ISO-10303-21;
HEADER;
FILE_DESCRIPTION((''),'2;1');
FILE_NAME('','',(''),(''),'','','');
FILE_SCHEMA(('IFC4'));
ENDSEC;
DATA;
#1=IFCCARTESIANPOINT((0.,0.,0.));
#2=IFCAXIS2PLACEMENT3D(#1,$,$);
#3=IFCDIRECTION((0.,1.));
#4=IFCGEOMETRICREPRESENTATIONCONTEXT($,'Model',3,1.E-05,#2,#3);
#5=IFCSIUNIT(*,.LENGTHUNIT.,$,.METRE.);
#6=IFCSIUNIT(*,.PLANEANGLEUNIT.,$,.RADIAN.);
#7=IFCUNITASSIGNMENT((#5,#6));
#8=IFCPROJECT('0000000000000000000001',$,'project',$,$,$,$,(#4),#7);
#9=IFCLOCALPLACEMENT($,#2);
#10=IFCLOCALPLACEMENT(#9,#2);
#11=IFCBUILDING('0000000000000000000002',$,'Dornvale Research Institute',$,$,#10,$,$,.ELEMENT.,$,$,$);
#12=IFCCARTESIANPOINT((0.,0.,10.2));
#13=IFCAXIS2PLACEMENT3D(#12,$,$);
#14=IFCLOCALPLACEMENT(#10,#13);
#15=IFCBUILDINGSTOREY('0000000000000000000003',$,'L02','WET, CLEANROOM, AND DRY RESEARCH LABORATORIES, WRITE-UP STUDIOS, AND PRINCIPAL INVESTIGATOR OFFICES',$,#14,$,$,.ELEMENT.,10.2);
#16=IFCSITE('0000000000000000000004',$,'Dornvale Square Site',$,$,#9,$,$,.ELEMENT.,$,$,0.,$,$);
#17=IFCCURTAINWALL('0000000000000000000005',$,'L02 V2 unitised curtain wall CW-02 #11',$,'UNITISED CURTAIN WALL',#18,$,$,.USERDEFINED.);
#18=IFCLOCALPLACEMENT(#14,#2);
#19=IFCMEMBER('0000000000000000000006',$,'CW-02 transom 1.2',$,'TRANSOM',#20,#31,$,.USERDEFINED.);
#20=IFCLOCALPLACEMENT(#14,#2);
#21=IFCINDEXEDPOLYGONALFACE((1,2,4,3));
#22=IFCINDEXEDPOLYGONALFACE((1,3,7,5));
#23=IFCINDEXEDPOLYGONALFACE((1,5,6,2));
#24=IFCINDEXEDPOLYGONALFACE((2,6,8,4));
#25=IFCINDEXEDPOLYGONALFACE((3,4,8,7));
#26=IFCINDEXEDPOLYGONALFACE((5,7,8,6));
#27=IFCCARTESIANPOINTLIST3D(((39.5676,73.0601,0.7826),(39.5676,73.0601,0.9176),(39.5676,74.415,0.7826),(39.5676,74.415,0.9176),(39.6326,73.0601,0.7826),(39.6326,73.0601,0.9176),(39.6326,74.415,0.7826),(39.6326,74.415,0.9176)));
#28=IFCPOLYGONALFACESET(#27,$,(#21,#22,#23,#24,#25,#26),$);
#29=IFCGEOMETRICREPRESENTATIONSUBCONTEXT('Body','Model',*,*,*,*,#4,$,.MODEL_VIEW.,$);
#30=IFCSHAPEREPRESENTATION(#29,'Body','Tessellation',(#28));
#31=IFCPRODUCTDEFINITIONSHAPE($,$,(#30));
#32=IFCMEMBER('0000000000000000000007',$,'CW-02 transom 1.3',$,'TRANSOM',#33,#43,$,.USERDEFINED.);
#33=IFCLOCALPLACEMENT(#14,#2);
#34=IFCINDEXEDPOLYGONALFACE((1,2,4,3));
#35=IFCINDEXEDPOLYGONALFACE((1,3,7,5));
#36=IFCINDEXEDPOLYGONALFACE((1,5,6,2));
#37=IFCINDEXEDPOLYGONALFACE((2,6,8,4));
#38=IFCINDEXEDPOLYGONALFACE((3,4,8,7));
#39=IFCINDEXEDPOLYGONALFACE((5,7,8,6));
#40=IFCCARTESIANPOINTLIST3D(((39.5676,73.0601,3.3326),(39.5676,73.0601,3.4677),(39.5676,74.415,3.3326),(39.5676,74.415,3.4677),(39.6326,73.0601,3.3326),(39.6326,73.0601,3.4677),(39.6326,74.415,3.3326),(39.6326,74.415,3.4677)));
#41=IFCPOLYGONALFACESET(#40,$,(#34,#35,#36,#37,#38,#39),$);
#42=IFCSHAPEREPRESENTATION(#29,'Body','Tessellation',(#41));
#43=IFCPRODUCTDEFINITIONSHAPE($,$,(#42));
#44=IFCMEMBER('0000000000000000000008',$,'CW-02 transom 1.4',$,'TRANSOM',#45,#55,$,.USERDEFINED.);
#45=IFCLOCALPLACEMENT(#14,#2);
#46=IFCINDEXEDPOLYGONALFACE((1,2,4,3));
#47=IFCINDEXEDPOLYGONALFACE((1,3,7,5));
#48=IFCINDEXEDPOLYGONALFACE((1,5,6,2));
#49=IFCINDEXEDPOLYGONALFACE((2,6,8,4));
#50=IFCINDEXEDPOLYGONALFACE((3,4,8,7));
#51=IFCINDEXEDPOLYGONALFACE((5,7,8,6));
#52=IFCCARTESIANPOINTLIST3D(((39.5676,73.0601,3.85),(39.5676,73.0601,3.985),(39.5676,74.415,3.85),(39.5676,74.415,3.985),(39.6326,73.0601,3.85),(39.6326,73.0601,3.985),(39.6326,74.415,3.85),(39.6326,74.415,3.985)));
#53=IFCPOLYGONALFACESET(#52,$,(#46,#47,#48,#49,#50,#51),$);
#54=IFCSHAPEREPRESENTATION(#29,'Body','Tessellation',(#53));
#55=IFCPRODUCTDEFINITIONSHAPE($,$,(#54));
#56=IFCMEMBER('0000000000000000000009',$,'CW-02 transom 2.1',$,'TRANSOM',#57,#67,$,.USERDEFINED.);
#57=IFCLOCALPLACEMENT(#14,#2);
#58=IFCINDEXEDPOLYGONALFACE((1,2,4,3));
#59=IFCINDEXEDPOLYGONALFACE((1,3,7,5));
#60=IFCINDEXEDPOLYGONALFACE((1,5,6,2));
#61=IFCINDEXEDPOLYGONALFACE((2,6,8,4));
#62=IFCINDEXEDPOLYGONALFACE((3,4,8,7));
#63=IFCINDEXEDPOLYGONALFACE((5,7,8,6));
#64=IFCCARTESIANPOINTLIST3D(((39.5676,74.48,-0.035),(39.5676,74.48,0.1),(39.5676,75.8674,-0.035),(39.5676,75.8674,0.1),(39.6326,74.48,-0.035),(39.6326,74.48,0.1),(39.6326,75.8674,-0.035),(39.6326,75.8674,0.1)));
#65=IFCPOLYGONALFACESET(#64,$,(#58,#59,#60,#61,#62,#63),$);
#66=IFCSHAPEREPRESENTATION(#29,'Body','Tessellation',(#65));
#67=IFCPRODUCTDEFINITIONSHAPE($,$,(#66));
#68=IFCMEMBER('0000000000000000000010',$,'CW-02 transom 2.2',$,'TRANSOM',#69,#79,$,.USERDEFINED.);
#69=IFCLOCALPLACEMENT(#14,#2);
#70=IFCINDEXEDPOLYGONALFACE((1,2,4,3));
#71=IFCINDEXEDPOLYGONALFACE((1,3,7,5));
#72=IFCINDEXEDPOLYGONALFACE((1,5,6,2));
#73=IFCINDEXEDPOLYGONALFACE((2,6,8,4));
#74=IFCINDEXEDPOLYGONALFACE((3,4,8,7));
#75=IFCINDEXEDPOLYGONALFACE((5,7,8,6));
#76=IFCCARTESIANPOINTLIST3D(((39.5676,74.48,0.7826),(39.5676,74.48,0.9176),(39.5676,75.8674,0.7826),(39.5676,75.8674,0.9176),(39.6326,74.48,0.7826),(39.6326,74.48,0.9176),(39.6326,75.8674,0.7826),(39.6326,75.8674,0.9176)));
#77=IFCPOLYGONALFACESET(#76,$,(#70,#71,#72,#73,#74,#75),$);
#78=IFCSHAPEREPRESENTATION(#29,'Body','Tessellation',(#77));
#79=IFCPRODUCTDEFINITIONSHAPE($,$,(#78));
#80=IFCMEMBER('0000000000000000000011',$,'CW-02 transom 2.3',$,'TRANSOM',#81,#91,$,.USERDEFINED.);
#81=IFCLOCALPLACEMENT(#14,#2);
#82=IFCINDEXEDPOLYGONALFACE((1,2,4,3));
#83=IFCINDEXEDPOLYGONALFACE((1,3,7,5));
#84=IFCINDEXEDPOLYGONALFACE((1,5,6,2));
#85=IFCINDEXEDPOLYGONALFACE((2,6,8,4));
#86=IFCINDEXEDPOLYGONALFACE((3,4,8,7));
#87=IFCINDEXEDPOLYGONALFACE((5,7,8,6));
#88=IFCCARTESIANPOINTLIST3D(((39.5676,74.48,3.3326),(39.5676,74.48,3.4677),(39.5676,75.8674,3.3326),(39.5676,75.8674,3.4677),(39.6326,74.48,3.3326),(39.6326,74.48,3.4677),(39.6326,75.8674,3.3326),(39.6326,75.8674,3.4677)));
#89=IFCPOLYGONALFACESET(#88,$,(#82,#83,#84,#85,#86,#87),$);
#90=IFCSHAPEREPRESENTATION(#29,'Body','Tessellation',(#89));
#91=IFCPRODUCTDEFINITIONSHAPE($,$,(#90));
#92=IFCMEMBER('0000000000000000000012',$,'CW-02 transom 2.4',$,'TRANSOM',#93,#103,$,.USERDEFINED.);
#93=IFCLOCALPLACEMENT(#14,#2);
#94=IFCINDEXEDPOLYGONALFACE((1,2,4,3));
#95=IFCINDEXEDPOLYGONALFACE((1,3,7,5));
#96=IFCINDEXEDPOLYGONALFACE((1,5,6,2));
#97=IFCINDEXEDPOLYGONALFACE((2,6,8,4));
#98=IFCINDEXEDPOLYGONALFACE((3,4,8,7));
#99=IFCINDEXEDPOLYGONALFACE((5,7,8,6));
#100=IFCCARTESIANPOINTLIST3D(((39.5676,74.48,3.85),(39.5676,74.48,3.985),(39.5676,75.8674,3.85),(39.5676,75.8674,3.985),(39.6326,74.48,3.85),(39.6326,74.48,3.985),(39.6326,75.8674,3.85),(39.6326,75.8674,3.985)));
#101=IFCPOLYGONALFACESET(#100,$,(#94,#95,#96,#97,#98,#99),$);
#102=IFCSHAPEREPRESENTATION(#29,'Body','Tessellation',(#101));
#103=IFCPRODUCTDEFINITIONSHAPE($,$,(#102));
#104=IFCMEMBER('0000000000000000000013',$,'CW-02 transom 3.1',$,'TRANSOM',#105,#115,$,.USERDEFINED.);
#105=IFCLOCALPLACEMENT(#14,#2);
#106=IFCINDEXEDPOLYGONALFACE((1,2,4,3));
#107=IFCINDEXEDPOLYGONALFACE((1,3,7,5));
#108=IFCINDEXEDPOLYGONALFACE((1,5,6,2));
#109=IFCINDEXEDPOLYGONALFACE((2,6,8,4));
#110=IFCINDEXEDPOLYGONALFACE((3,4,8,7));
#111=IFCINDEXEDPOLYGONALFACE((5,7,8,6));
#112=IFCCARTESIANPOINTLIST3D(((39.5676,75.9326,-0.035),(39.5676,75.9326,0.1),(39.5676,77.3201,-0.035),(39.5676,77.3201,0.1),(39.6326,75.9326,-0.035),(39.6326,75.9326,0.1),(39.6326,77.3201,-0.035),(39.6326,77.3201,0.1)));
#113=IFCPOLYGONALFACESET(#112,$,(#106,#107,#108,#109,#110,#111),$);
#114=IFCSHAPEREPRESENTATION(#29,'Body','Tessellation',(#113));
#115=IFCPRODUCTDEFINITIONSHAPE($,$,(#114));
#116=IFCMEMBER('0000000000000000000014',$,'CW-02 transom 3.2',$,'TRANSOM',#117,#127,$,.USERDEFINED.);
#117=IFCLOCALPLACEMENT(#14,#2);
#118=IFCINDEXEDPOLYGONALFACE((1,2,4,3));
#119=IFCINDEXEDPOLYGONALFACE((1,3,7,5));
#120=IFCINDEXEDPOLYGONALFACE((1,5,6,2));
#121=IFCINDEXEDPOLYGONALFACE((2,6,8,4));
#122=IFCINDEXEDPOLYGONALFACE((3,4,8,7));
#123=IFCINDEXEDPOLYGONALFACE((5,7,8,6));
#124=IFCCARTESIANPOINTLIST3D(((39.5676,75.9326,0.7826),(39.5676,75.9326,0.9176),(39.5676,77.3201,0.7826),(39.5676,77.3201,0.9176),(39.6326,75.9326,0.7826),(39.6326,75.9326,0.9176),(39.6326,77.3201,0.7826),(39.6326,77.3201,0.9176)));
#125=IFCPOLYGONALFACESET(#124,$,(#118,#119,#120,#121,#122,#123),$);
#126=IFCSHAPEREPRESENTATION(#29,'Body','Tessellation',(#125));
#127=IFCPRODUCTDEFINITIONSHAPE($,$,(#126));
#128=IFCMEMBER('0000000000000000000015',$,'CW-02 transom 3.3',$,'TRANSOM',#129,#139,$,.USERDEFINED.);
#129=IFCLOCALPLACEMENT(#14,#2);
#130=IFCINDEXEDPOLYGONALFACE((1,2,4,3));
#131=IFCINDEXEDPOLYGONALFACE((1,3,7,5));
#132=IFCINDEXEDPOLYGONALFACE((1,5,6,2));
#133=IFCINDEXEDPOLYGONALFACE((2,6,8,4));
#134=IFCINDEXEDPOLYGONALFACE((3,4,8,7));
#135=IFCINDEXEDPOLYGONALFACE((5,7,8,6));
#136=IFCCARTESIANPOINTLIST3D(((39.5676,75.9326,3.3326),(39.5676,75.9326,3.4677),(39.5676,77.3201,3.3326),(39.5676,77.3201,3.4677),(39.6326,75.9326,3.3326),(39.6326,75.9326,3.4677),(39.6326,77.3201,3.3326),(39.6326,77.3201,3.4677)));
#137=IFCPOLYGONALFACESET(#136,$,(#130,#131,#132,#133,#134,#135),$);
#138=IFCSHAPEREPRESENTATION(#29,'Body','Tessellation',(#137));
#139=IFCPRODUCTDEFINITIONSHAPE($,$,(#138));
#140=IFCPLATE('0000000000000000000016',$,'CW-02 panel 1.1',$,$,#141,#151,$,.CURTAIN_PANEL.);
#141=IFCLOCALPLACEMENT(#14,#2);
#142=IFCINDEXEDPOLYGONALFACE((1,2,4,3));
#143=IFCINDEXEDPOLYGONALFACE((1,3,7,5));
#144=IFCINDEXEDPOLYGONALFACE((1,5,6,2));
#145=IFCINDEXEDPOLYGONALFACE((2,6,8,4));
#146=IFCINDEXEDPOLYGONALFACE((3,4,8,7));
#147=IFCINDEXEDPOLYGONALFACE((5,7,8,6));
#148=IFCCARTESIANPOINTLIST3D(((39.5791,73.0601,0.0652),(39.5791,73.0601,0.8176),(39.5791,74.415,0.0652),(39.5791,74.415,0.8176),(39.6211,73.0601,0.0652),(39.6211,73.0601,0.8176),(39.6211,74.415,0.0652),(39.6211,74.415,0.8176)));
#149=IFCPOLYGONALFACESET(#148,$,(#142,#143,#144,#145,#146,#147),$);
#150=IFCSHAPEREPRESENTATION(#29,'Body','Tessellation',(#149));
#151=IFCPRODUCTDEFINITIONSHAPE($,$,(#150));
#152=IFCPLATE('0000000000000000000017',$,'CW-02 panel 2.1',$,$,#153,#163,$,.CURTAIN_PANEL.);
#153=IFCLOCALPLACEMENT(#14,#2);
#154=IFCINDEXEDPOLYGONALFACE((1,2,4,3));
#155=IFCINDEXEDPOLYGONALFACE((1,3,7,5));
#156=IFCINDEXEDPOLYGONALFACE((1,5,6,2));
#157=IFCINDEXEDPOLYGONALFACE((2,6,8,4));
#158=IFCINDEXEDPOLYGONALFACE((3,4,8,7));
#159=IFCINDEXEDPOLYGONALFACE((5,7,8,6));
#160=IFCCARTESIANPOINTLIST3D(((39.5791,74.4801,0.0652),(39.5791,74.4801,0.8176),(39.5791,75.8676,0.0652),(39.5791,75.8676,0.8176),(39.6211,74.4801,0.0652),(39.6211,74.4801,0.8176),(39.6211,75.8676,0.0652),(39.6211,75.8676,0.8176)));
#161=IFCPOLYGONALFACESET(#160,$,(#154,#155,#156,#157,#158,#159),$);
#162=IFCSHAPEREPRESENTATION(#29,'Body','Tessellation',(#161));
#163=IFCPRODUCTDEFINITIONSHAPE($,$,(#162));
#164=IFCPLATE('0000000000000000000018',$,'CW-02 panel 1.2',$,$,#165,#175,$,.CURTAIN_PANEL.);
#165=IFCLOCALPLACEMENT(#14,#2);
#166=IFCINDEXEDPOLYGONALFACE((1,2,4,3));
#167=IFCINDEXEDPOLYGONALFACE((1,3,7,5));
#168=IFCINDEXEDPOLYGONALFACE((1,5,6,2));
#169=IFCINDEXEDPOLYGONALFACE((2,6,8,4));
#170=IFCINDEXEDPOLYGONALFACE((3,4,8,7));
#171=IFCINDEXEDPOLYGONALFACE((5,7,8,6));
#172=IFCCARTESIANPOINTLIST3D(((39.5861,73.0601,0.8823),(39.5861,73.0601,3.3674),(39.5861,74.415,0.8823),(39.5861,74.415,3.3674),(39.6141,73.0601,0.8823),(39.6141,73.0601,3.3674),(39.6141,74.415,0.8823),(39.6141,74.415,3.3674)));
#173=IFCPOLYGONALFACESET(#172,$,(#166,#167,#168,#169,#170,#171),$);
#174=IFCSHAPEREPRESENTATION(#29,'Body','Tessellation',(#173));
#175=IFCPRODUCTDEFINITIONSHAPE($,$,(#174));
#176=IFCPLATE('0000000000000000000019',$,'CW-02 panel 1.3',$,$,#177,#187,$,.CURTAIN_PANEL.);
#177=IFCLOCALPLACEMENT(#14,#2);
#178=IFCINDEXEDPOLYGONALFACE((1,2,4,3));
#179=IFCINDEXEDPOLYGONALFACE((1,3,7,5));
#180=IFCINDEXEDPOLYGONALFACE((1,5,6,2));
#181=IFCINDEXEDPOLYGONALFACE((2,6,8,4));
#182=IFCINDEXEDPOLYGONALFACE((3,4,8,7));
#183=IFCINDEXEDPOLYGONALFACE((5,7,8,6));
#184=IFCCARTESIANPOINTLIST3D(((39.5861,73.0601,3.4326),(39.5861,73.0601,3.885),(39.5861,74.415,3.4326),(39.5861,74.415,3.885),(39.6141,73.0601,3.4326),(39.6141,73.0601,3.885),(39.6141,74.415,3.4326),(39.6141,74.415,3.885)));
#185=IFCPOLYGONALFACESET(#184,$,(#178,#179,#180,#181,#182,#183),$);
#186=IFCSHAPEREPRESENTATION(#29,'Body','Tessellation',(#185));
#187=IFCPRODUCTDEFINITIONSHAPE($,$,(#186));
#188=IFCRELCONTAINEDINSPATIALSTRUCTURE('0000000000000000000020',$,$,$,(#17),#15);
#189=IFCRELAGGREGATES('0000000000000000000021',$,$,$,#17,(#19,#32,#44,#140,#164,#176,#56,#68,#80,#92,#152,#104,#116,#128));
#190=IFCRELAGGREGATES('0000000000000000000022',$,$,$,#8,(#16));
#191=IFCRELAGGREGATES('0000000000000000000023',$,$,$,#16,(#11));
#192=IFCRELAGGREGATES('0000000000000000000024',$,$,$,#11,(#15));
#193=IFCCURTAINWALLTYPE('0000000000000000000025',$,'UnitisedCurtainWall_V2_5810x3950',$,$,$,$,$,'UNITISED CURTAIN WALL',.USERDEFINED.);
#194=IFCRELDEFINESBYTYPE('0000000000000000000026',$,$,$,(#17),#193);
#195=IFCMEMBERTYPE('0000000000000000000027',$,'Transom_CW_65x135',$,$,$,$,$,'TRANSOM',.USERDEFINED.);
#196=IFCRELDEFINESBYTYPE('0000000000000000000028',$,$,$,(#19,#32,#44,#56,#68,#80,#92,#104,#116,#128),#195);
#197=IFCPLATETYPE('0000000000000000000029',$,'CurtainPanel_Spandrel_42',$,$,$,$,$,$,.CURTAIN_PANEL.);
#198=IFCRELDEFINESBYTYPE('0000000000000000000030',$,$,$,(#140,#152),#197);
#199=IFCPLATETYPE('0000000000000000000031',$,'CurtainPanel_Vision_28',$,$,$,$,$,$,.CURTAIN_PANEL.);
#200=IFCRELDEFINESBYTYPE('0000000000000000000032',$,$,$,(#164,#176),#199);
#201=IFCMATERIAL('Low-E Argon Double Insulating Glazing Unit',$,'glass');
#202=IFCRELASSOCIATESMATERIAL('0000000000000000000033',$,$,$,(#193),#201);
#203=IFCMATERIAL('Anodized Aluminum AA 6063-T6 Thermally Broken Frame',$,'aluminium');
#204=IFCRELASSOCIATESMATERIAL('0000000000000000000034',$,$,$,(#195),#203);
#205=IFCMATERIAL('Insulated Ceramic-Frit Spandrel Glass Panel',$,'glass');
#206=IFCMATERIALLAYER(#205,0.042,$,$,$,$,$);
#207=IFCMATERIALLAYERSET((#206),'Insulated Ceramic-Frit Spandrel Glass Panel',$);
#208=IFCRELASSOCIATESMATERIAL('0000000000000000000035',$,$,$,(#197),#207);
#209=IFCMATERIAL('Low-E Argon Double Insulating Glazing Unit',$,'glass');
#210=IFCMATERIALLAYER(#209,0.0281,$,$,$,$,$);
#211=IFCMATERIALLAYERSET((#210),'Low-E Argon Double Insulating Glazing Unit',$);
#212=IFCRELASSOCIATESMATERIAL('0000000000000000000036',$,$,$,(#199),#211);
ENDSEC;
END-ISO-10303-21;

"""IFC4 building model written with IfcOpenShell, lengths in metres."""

from ifc_helpers import new_model, si_unit, direction, frame, origin, origin_2d, place, context, subcontext, project, spatial, rectangle, extrude, material, layer, layer_set, material_profile, profile_set, type_object, element, aggregate, save


model = new_model("IFC4")

# Units and contexts
model_context = context("Model", 3, precision=1e-05, world=origin(), true_north=direction((0.0, 1.0)))
body_context = subcontext(model_context, "Body", "Model", "MODEL_VIEW")
ifc_project = project(units=[si_unit("LENGTHUNIT", "METRE"), si_unit("PLANEANGLEUNIT", "RADIAN")], contexts=[model_context])

# Site, building, storey
site_placement = place(None, origin())
site = spatial("IfcSite", under=ifc_project, at=site_placement, Name="Dornvale Square Site", CompositionType="ELEMENT", RefElevation=0.0)
building_placement = place(site_placement, origin())
building = spatial("IfcBuilding", under=site, at=building_placement, Name="Dornvale Research Institute", CompositionType="ELEMENT")
storey_placement = place(building_placement, frame((0.0, 0.0, 10.2)))
storey = spatial("IfcBuildingStorey", under=building, at=storey_placement, Name="L02", Description="WET, CLEANROOM, AND DRY RESEARCH LABORATORIES, WRITE-UP STUDIOS, AND PRINCIPAL INVESTIGATOR OFFICES", CompositionType="ELEMENT", Elevation=10.2)

# Curtain wall
ifc_material_1 = material(Name="Low-E Argon Double Insulating Glazing Unit", Category="glass")
curtain_wall_type = type_object("IfcCurtainWallType", Name="UnitisedCurtainWall_V2_5810x3950", ElementType="UNITISED CURTAIN WALL", PredefinedType="USERDEFINED", material=ifc_material_1)
curtain_wall_placement = place(storey_placement, origin())
curtain_wall = element("IfcCurtainWall", 1, at=curtain_wall_placement, inside=storey, type_object=curtain_wall_type, Name="L02 V2 unitised curtain wall CW-02 #11", ObjectType="UNITISED CURTAIN WALL", PredefinedType="USERDEFINED")

# Members
ifc_material_2 = material(Name="Anodized Aluminum AA 6063-T6 Thermally Broken Frame", Category="aluminium")
ifc_material_profile_1 = material_profile(ifc_material_2, rectangle(XDim=0.0649, YDim=0.135, at=origin_2d()), Name="ALU TRANSOM 65x135")
ifc_profile_set_1 = profile_set([ifc_material_profile_1], Name="Anodized Aluminum AA 6063-T6 Thermally Broken Frame")
member_type_1 = type_object("IfcMemberType", Name="Transom_CW_65x135", ElementType="TRANSOM", PredefinedType="USERDEFINED", material=ifc_profile_set_1)
member_1_placement = place(storey_placement, frame((39.6001, 73.0601, 0.8501), z_axis=(0.0, 1.0, 0.0), x_axis=(-1.0, 0.0, 0.0)))
member_1 = element("IfcMember", 2, at=member_1_placement, type_object=member_type_1, Name="CW-02 transom 1.2", ObjectType="TRANSOM", PredefinedType="USERDEFINED", context=body_context, shape_type="SweptSolid", body=[
    extrude(rectangle(XDim=0.0649, YDim=0.135, at=origin_2d()), origin(), (0.0, 0.0, 1.0), 1.355),
])
member_2_placement = place(storey_placement, frame((39.6001, 73.0601, 3.4001), z_axis=(0.0, 1.0, 0.0), x_axis=(-1.0, 0.0, 0.0)))
member_2 = element("IfcMember", 3, at=member_2_placement, type_object=member_type_1, Name="CW-02 transom 1.3", ObjectType="TRANSOM", PredefinedType="USERDEFINED", context=body_context, shape_type="SweptSolid", body=[
    extrude(rectangle(XDim=0.0649, YDim=0.135, at=origin_2d()), origin(), (0.0, 0.0, 1.0), 1.355),
])
member_3_placement = place(storey_placement, frame((39.6001, 73.0601, 3.9175), z_axis=(0.0, 1.0, 0.0), x_axis=(-1.0, 0.0, 0.0)))
member_3 = element("IfcMember", 4, at=member_3_placement, type_object=member_type_1, Name="CW-02 transom 1.4", ObjectType="TRANSOM", PredefinedType="USERDEFINED", context=body_context, shape_type="SweptSolid", body=[
    extrude(rectangle(XDim=0.0649, YDim=0.135, at=origin_2d()), origin(), (0.0, 0.0, 1.0), 1.355),
])
member_4_placement = place(storey_placement, frame((39.6001, 74.48, 0.0325), z_axis=(0.0, 1.0, 0.0), x_axis=(-1.0, 0.0, 0.0)))
member_4 = element("IfcMember", 5, at=member_4_placement, type_object=member_type_1, Name="CW-02 transom 2.1", ObjectType="TRANSOM", PredefinedType="USERDEFINED", context=body_context, shape_type="SweptSolid", body=[
    extrude(rectangle(XDim=0.0649, YDim=0.135, at=origin_2d()), origin(), (0.0, 0.0, 1.0), 1.3875),
])
member_5_placement = place(storey_placement, frame((39.6001, 74.48, 0.8501), z_axis=(0.0, 1.0, 0.0), x_axis=(-1.0, 0.0, 0.0)))
member_5 = element("IfcMember", 6, at=member_5_placement, type_object=member_type_1, Name="CW-02 transom 2.2", ObjectType="TRANSOM", PredefinedType="USERDEFINED", context=body_context, shape_type="SweptSolid", body=[
    extrude(rectangle(XDim=0.0649, YDim=0.135, at=origin_2d()), origin(), (0.0, 0.0, 1.0), 1.3875),
])
member_6_placement = place(storey_placement, frame((39.6001, 74.48, 3.4001), z_axis=(0.0, 1.0, 0.0), x_axis=(-1.0, 0.0, 0.0)))
member_6 = element("IfcMember", 7, at=member_6_placement, type_object=member_type_1, Name="CW-02 transom 2.3", ObjectType="TRANSOM", PredefinedType="USERDEFINED", context=body_context, shape_type="SweptSolid", body=[
    extrude(rectangle(XDim=0.0649, YDim=0.135, at=origin_2d()), origin(), (0.0, 0.0, 1.0), 1.3875),
])
member_7_placement = place(storey_placement, frame((39.6001, 74.48, 3.9175), z_axis=(0.0, 1.0, 0.0), x_axis=(-1.0, 0.0, 0.0)))
member_7 = element("IfcMember", 8, at=member_7_placement, type_object=member_type_1, Name="CW-02 transom 2.4", ObjectType="TRANSOM", PredefinedType="USERDEFINED", context=body_context, shape_type="SweptSolid", body=[
    extrude(rectangle(XDim=0.0649, YDim=0.135, at=origin_2d()), origin(), (0.0, 0.0, 1.0), 1.3875),
])
member_8_placement = place(storey_placement, frame((39.6001, 75.9326, 0.0325), z_axis=(0.0, 1.0, 0.0), x_axis=(-1.0, 0.0, 0.0)))
member_8 = element("IfcMember", 9, at=member_8_placement, type_object=member_type_1, Name="CW-02 transom 3.1", ObjectType="TRANSOM", PredefinedType="USERDEFINED", context=body_context, shape_type="SweptSolid", body=[
    extrude(rectangle(XDim=0.0649, YDim=0.135, at=origin_2d()), origin(), (0.0, 0.0, 1.0), 1.3875),
])
member_9_placement = place(storey_placement, frame((39.6001, 75.9326, 0.8501), z_axis=(0.0, 1.0, 0.0), x_axis=(-1.0, 0.0, 0.0)))
member_9 = element("IfcMember", 10, at=member_9_placement, type_object=member_type_1, Name="CW-02 transom 3.2", ObjectType="TRANSOM", PredefinedType="USERDEFINED", context=body_context, shape_type="SweptSolid", body=[
    extrude(rectangle(XDim=0.0649, YDim=0.135, at=origin_2d()), origin(), (0.0, 0.0, 1.0), 1.3875),
])
member_10_placement = place(storey_placement, frame((39.6001, 75.9326, 3.4001), z_axis=(0.0, 1.0, 0.0), x_axis=(-1.0, 0.0, 0.0)))
member_10 = element("IfcMember", 11, at=member_10_placement, type_object=member_type_1, Name="CW-02 transom 3.3", ObjectType="TRANSOM", PredefinedType="USERDEFINED", context=body_context, shape_type="SweptSolid", body=[
    extrude(rectangle(XDim=0.0649, YDim=0.135, at=origin_2d()), origin(), (0.0, 0.0, 1.0), 1.3875),
])

# Plates
ifc_material_3 = material(Name="Insulated Ceramic-Frit Spandrel Glass Panel", Category="glass")
ifc_layer_1 = layer(ifc_material_3, 0.042)
ifc_layer_set_1 = layer_set([ifc_layer_1], Name="Insulated Ceramic-Frit Spandrel Glass Panel")
plate_type_1 = type_object("IfcPlateType", Name="CurtainPanel_Spandrel_42", PredefinedType="CURTAIN_PANEL", material=ifc_layer_set_1)
plate_1_placement = place(storey_placement, frame((39.6001, 73.7375, 0.0652), z_axis=(0.0, 0.0, 1.0), x_axis=(0.0, 1.0, 0.0)))
plate_1 = element("IfcPlate", 12, at=plate_1_placement, type_object=plate_type_1, Name="CW-02 panel 1.1", PredefinedType="CURTAIN_PANEL", context=body_context, shape_type="SweptSolid", body=[
    extrude(rectangle(XDim=1.355, YDim=0.042, at=origin_2d()), origin(), (0.0, 0.0, 1.0), 0.7524),
])
plate_2_placement = place(storey_placement, frame((39.6001, 75.1738, 0.0652), z_axis=(0.0, 0.0, 1.0), x_axis=(0.0, 1.0, 0.0)))
plate_2 = element("IfcPlate", 13, at=plate_2_placement, type_object=plate_type_1, Name="CW-02 panel 2.1", PredefinedType="CURTAIN_PANEL", context=body_context, shape_type="SweptSolid", body=[
    extrude(rectangle(XDim=1.3875, YDim=0.042, at=origin_2d()), origin(), (0.0, 0.0, 1.0), 0.7524),
])
ifc_material_4 = material(Name="Low-E Argon Double Insulating Glazing Unit", Category="glass")
ifc_layer_2 = layer(ifc_material_4, 0.0281)
ifc_layer_set_2 = layer_set([ifc_layer_2], Name="Low-E Argon Double Insulating Glazing Unit")
plate_type_2 = type_object("IfcPlateType", Name="CurtainPanel_Vision_28", PredefinedType="CURTAIN_PANEL", material=ifc_layer_set_2)
plate_3_placement = place(storey_placement, frame((39.6001, 73.7375, 0.8823), z_axis=(0.0, 0.0, 1.0), x_axis=(0.0, 1.0, 0.0)))
plate_3 = element("IfcPlate", 14, at=plate_3_placement, type_object=plate_type_2, Name="CW-02 panel 1.2", PredefinedType="CURTAIN_PANEL", context=body_context, shape_type="SweptSolid", body=[
    extrude(rectangle(XDim=1.355, YDim=0.0281, at=origin_2d()), origin(), (0.0, 0.0, 1.0), 2.4851),
])
plate_4_placement = place(storey_placement, frame((39.6001, 73.7375, 3.4326), z_axis=(0.0, 0.0, 1.0), x_axis=(0.0, 1.0, 0.0)))
plate_4 = element("IfcPlate", 15, at=plate_4_placement, type_object=plate_type_2, Name="CW-02 panel 1.3", PredefinedType="CURTAIN_PANEL", context=body_context, shape_type="SweptSolid", body=[
    extrude(rectangle(XDim=1.355, YDim=0.0281, at=origin_2d()), origin(), (0.0, 0.0, 1.0), 0.4524),
])
aggregate(curtain_wall, [member_1, member_2, member_3, plate_1, plate_3, plate_4, member_4, member_5, member_6, member_7, plate_2, member_8, member_9, member_10])

save(model, "model.ifc")
